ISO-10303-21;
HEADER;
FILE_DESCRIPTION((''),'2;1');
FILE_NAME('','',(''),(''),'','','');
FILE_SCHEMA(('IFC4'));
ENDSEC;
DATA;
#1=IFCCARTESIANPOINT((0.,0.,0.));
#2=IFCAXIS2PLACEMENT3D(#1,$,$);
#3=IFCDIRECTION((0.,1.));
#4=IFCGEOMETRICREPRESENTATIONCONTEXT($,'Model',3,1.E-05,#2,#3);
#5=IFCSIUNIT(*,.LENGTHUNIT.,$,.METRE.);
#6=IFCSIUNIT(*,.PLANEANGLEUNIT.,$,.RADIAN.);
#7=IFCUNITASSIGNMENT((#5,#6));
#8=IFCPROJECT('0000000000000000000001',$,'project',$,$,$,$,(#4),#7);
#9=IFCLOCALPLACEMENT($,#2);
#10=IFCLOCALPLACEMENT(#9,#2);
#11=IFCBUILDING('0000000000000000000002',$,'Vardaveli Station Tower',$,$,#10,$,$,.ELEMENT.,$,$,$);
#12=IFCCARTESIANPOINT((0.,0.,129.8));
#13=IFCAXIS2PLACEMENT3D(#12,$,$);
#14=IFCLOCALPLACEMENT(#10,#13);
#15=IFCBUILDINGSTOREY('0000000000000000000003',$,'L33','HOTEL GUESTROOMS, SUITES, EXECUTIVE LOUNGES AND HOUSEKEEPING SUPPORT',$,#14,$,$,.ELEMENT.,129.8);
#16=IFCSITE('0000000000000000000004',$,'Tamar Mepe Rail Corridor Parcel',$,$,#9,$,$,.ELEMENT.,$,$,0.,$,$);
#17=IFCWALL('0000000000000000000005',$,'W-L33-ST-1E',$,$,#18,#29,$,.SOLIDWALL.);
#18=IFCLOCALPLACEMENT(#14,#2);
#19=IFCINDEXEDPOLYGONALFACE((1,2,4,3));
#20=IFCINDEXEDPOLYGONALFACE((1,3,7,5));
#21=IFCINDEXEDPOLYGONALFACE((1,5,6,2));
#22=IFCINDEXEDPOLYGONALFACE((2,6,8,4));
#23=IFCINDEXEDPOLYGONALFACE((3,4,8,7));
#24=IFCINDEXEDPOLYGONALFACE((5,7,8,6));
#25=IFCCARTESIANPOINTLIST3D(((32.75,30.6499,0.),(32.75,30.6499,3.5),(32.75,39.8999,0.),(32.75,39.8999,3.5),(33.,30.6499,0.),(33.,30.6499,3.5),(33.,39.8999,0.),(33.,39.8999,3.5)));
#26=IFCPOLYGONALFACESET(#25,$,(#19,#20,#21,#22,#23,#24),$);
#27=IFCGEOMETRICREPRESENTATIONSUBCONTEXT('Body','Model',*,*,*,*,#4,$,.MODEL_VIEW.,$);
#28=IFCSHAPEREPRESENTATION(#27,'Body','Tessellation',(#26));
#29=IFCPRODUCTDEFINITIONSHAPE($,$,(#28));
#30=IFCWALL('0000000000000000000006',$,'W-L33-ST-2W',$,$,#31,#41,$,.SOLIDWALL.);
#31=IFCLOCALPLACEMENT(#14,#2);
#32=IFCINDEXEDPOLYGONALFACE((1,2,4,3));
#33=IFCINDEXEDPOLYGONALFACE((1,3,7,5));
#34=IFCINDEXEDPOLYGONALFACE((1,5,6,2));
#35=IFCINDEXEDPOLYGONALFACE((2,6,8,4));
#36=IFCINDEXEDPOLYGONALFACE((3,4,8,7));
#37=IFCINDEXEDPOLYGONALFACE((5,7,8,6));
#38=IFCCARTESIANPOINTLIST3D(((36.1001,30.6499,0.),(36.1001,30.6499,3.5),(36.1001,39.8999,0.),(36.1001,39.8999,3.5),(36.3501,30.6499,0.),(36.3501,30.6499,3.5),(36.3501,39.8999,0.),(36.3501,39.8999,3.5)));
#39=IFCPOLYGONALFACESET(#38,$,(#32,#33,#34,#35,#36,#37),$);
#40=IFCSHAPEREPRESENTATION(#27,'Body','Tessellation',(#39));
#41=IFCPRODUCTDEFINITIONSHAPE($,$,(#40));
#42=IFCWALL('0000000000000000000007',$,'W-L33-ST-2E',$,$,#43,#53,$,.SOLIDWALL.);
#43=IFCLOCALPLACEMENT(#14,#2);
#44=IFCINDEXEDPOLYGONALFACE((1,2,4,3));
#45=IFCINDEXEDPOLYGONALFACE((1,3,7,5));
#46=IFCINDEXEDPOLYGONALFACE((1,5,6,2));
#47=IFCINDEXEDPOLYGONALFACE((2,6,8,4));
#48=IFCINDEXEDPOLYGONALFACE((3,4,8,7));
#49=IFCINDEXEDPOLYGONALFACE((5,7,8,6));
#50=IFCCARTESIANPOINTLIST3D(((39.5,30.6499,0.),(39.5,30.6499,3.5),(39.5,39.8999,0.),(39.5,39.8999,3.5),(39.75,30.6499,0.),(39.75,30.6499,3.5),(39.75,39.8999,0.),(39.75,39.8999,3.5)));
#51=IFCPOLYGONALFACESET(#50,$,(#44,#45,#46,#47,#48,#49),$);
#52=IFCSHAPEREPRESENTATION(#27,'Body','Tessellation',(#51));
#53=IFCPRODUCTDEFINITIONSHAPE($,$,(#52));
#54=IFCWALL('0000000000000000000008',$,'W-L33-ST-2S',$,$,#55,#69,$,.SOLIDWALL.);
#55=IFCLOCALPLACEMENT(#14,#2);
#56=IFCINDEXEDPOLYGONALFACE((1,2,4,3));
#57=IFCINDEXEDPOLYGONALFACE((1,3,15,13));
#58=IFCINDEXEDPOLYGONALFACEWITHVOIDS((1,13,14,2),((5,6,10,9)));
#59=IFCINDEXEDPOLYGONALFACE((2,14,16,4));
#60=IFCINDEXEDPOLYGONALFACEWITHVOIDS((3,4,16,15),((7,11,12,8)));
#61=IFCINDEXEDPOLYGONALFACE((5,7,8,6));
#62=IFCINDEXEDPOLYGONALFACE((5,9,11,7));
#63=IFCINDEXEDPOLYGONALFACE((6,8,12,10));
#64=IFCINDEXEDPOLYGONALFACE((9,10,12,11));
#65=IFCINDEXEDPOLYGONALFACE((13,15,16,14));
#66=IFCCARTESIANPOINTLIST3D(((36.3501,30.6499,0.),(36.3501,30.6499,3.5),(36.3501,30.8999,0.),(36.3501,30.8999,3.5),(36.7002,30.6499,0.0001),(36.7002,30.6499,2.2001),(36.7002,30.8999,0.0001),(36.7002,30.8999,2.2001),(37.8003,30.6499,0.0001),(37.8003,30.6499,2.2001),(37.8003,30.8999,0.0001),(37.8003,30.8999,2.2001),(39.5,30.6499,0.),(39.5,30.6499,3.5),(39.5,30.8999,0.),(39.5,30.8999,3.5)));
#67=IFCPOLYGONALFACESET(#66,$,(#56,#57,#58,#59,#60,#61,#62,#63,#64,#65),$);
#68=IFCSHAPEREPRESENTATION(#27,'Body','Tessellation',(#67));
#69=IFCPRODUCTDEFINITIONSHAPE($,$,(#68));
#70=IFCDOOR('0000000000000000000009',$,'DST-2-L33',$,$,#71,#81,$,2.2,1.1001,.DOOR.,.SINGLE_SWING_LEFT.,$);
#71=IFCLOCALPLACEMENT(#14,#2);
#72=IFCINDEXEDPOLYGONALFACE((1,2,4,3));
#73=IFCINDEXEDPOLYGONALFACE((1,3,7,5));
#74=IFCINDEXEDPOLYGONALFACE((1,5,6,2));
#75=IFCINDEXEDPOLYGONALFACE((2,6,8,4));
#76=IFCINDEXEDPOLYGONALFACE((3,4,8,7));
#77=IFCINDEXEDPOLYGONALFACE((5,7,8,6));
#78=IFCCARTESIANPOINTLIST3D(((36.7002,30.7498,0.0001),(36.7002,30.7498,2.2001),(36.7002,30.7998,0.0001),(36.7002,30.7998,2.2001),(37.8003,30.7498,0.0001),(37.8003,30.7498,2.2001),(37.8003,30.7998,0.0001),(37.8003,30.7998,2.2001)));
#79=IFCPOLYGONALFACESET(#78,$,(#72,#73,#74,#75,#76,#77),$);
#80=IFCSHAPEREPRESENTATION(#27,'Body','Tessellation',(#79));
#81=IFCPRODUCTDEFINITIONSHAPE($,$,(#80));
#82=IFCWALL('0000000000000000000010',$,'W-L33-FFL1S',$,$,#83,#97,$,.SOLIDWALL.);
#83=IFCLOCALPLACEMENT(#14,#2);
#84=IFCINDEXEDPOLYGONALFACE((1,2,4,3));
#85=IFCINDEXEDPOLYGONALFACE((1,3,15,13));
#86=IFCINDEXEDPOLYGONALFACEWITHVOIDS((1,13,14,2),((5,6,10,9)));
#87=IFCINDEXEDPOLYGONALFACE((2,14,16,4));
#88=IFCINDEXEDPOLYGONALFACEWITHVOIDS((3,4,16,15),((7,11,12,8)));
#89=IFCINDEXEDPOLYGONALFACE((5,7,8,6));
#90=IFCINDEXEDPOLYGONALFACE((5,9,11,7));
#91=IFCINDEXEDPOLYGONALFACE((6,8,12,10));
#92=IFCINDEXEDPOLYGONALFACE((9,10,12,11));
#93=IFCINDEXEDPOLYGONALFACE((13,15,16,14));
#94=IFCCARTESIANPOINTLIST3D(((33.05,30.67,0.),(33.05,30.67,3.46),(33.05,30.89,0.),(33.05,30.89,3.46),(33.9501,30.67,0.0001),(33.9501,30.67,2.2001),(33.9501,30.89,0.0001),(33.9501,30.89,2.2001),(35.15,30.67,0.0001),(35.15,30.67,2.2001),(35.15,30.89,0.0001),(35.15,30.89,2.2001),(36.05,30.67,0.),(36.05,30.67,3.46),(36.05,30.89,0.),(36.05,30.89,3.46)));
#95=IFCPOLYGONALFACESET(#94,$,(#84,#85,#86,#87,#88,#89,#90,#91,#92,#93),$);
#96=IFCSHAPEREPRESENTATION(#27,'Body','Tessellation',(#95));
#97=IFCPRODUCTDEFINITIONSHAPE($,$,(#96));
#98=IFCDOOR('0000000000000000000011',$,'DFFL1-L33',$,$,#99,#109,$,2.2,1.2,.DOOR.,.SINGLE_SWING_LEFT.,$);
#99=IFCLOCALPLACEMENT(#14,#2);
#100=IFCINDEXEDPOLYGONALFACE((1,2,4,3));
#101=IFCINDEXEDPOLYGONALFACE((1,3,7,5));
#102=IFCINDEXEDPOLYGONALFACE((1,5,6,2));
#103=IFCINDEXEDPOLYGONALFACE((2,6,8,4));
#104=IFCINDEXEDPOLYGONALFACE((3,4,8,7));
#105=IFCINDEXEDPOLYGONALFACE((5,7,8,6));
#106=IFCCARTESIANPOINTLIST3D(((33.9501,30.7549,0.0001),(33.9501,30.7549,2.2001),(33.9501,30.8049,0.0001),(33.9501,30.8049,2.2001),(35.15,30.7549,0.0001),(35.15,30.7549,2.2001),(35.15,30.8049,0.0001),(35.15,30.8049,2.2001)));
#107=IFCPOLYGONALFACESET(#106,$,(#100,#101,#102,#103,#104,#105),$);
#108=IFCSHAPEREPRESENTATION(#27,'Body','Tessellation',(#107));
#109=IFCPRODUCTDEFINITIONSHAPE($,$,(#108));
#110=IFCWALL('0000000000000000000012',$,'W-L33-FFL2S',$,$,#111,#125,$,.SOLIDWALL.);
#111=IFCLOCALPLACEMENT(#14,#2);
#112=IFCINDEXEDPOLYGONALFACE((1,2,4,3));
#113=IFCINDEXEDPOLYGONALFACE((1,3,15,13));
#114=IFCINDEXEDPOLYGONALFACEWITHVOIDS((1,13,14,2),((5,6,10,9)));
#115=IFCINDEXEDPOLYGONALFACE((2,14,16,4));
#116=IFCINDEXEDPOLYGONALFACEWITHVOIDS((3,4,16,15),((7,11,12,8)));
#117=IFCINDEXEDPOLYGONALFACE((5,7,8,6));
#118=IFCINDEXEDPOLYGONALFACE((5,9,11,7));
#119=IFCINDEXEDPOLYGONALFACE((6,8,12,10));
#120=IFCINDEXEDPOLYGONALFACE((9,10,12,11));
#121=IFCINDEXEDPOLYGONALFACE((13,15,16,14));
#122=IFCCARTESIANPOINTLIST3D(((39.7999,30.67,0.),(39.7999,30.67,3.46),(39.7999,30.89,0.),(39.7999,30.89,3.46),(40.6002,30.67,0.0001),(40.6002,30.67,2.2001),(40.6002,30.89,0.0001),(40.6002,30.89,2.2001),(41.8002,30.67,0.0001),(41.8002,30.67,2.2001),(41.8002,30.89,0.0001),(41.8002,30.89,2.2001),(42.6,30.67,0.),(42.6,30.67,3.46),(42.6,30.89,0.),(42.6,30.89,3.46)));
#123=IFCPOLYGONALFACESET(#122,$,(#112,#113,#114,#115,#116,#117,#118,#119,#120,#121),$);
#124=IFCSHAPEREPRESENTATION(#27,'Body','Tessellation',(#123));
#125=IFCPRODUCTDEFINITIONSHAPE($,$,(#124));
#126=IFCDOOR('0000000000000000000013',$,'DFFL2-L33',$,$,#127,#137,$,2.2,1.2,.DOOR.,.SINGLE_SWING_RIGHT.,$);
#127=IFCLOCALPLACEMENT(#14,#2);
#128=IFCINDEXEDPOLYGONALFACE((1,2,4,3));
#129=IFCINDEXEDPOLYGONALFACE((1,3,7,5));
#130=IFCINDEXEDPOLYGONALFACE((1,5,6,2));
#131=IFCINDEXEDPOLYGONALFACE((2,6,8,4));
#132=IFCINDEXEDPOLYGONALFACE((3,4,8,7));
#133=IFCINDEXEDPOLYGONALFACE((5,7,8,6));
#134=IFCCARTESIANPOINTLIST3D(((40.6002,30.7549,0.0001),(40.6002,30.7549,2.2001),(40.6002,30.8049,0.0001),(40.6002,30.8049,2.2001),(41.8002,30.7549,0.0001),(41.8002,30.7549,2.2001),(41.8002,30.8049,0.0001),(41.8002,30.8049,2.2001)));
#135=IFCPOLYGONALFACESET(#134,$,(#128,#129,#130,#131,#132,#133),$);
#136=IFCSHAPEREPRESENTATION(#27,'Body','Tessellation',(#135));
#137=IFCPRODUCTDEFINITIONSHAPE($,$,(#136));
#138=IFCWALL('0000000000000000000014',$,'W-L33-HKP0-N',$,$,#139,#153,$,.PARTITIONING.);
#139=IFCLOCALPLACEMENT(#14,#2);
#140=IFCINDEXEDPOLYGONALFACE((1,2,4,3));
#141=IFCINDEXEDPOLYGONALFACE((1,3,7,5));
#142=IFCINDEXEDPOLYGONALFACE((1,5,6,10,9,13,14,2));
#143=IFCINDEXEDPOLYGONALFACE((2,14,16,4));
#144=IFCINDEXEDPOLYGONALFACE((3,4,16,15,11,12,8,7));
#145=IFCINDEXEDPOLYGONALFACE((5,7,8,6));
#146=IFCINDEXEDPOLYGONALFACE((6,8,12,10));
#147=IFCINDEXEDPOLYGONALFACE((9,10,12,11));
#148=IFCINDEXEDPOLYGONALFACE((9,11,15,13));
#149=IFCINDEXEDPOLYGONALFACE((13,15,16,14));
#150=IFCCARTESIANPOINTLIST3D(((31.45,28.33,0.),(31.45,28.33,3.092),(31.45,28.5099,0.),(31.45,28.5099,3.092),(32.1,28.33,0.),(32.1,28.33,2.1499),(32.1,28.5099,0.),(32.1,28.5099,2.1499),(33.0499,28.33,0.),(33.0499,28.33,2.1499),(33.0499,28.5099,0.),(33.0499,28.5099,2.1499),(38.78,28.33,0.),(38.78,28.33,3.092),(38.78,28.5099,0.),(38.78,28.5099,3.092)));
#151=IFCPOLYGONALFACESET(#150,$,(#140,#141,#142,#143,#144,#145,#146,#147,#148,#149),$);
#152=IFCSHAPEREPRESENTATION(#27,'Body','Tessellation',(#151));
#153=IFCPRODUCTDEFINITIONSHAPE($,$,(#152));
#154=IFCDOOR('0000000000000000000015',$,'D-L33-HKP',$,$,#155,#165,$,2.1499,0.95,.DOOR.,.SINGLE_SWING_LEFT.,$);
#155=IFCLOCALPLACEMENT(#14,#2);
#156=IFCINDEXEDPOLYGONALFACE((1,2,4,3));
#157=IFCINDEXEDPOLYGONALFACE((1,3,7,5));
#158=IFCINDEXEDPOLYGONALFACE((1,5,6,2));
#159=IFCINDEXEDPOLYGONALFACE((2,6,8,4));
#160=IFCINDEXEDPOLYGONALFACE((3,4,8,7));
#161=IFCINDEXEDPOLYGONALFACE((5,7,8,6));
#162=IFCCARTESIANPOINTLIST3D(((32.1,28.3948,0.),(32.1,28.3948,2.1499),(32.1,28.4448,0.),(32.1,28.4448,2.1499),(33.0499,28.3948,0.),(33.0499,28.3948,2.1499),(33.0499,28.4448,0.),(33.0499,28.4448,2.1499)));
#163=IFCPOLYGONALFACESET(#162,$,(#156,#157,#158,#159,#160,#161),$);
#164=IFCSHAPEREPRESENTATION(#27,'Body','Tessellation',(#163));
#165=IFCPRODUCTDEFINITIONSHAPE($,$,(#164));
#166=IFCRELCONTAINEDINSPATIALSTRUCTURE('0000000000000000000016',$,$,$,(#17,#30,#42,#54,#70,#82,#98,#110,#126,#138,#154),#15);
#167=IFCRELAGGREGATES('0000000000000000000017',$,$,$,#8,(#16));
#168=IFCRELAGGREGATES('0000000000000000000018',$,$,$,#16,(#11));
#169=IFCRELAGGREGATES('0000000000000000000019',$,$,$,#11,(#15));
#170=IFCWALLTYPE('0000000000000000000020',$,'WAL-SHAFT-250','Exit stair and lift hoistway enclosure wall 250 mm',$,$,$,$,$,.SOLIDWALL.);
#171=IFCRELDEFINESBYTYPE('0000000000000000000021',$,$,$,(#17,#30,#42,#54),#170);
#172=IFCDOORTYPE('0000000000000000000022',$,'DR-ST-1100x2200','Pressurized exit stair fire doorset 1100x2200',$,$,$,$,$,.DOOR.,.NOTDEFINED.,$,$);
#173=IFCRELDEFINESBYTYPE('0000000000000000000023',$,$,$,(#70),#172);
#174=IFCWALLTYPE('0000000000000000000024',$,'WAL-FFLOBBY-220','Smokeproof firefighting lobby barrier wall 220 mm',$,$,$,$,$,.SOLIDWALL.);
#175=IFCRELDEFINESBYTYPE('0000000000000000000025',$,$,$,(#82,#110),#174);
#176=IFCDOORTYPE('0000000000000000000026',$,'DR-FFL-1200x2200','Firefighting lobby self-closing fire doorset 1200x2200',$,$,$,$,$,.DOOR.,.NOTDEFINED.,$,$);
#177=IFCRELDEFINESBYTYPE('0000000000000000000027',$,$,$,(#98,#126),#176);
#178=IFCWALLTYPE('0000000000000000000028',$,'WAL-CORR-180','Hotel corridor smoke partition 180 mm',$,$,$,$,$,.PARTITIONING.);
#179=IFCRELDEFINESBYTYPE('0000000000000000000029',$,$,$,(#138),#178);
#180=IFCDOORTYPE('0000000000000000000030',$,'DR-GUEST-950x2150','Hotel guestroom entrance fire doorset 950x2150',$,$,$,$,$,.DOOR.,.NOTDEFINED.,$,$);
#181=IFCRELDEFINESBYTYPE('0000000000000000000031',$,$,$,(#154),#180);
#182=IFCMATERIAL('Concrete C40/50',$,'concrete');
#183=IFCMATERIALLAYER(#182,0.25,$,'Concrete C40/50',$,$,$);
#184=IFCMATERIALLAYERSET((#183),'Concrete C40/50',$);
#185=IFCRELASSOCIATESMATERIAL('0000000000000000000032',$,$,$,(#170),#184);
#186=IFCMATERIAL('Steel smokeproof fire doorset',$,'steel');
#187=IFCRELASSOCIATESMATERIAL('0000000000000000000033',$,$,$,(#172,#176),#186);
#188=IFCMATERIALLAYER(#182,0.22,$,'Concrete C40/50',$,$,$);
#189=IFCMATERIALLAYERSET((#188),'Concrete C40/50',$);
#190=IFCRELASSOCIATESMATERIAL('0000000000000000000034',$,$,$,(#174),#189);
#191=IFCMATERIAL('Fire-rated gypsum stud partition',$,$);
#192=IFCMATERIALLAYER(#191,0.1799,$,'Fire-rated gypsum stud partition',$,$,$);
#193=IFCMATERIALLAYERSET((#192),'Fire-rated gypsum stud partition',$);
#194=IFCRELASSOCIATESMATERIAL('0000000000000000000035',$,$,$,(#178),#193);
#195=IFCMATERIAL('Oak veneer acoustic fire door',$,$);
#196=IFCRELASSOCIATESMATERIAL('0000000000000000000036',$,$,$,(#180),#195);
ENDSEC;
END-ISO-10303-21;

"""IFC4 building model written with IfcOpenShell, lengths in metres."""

from ifc_helpers import new_model, si_unit, direction, frame, frame_2d, origin, place, context, subcontext, project, spatial, rectangle, extrude, source, transform, mapped, material, layer, layer_set, type_object, element, fill, save


model = new_model("IFC4")

# Units and contexts
model_context = context("Model", 3, precision=1e-05, world=origin(), true_north=direction((0.0, 1.0)))
body_context = subcontext(model_context, "Body", "Model", "MODEL_VIEW")
ifc_project = project(units=[si_unit("LENGTHUNIT", "METRE"), si_unit("PLANEANGLEUNIT", "RADIAN")], contexts=[model_context])

# Site, building, storey
site_placement = place(None, origin())
site = spatial("IfcSite", under=ifc_project, at=site_placement, Name="Tamar Mepe Rail Corridor Parcel", CompositionType="ELEMENT", RefElevation=0.0)
building_placement = place(site_placement, origin())
building = spatial("IfcBuilding", under=site, at=building_placement, Name="Vardaveli Station Tower", CompositionType="ELEMENT")
storey_placement = place(building_placement, frame((0.0, 0.0, 129.8)))
storey = spatial("IfcBuildingStorey", under=building, at=storey_placement, Name="L33", Description="HOTEL GUESTROOMS, SUITES, EXECUTIVE LOUNGES AND HOUSEKEEPING SUPPORT", CompositionType="ELEMENT", Elevation=129.8)

# Walls
ifc_material_1 = material(Name="Concrete C40/50", Category="concrete")
ifc_layer_1 = layer(ifc_material_1, 0.25, Name="Concrete C40/50")
ifc_layer_set_1 = layer_set([ifc_layer_1], Name="Concrete C40/50")
wall_type_1 = type_object("IfcWallType", Name="WAL-SHAFT-250", Description="Exit stair and lift hoistway enclosure wall 250 mm", PredefinedType="SOLIDWALL", material=ifc_layer_set_1)
shared_shape_1 = source(origin(), body_context, "Body", "SweptSolid", [
    extrude(rectangle(XDim=9.25, YDim=0.25, at=frame_2d((4.625, 0.0))), origin(), (0.0, 0.0, 1.0), 3.5),
])
for number, where, z_axis, x_axis, name in (
    (1, (32.875, 30.6499, 0.0), (0.0, 0.0, 1.0), (0.0, 1.0, 0.0), "W-L33-ST-1E"),
    (2, (36.2251, 30.6499, 0.0), (0.0, 0.0, 1.0), (0.0, 1.0, 0.0), "W-L33-ST-2W"),
    (3, (39.625, 30.6499, 0.0), (0.0, 0.0, 1.0), (0.0, 1.0, 0.0), "W-L33-ST-2E"),
):
    element("IfcWall", number, at=place(storey_placement, frame(where, z_axis=z_axis, x_axis=x_axis)), inside=storey, type_object=wall_type_1, Name=name, PredefinedType="SOLIDWALL", context=body_context, shape_type="MappedRepresentation", body=[
        mapped(shared_shape_1, transform((0.0, 0.0, 0.0), scale=1.0)),
    ])

# Walls, openings, doors
shared_shape_2 = source(origin(), body_context, "Body", "SweptSolid", [
    extrude(rectangle(XDim=3.1499, YDim=0.25, at=frame_2d((1.575, 0.0))), origin(), (0.0, 0.0, 1.0), 3.5),
])
wall_1_placement = place(storey_placement, frame((36.3501, 30.7749, 0.0), z_axis=(0.0, 0.0, 1.0), x_axis=(1.0, 0.0, 0.0)))
wall_1 = element("IfcWall", 4, at=wall_1_placement, inside=storey, type_object=wall_type_1, Name="W-L33-ST-2S", PredefinedType="SOLIDWALL", context=body_context, shape_type="MappedRepresentation", body=[
    mapped(shared_shape_2, transform((0.0, 0.0, 0.0), scale=1.0)),
])
shared_shape_3 = source(origin(), body_context, "Body", "SweptSolid", [
    extrude(rectangle(XDim=1.1001, YDim=2.2, at=frame_2d((0.55, 1.1001))), frame((0.0, 0.135, 0.0), z_axis=(0.0, -1.0, 0.0), x_axis=(1.0, 0.0, 0.0)), (0.0, 0.0, 1.0), 0.27),
])
opening_1_placement = place(wall_1_placement, frame((0.3501, 0.0, 0.0)))
opening_1 = element("IfcOpeningElement", 5, at=opening_1_placement, cuts=wall_1, PredefinedType="OPENING", context=body_context, shape_type="MappedRepresentation", body=[
    mapped(shared_shape_3, transform((0.0, 0.0, 0.0), scale=1.0)),
])
ifc_material_2 = material(Name="Steel smokeproof fire doorset", Category="steel")
door_type_1 = type_object("IfcDoorType", Name="DR-ST-1100x2200", Description="Pressurized exit stair fire doorset 1100x2200", OperationType="NOTDEFINED", PredefinedType="DOOR", material=ifc_material_2)
shared_shape_4 = source(origin(), body_context, "Body", "SweptSolid", [
    extrude(rectangle(XDim=1.1001, YDim=2.2, at=frame_2d((0.55, 1.1001))), frame((0.0, 0.0249, 0.0), z_axis=(0.0, -1.0, 0.0), x_axis=(1.0, 0.0, 0.0)), (0.0, 0.0, 1.0), 0.05),
])
door_1_placement = place(opening_1_placement, origin())
door_1 = element("IfcDoor", 6, at=door_1_placement, inside=storey, type_object=door_type_1, Name="DST-2-L33", OperationType="SINGLE_SWING_LEFT", OverallHeight=2.2, OverallWidth=1.1001, PredefinedType="DOOR", context=body_context, shape_type="MappedRepresentation", body=[
    mapped(shared_shape_4, transform((0.0, 0.0, 0.0), scale=1.0)),
])
fill(opening_1, door_1)
ifc_layer_2 = layer(ifc_material_1, 0.22, Name="Concrete C40/50")
ifc_layer_set_2 = layer_set([ifc_layer_2], Name="Concrete C40/50")
wall_type_2 = type_object("IfcWallType", Name="WAL-FFLOBBY-220", Description="Smokeproof firefighting lobby barrier wall 220 mm", PredefinedType="SOLIDWALL", material=ifc_layer_set_2)
shared_shape_5 = source(origin(), body_context, "Body", "SweptSolid", [
    extrude(rectangle(XDim=3.0, YDim=0.22, at=frame_2d((1.5, 0.0))), origin(), (0.0, 0.0, 1.0), 3.46),
])
wall_2_placement = place(storey_placement, frame((33.05, 30.78, 0.0), z_axis=(0.0, 0.0, 1.0), x_axis=(1.0, 0.0, 0.0)))
wall_2 = element("IfcWall", 7, at=wall_2_placement, inside=storey, type_object=wall_type_2, Name="W-L33-FFL1S", PredefinedType="SOLIDWALL", context=body_context, shape_type="MappedRepresentation", body=[
    mapped(shared_shape_5, transform((0.0, 0.0, 0.0), scale=1.0)),
])
shared_shape_6 = source(origin(), body_context, "Body", "SweptSolid", [
    extrude(rectangle(XDim=1.2, YDim=2.2, at=frame_2d((0.6001, 1.1001))), frame((0.0, 0.1201, 0.0), z_axis=(0.0, -1.0, 0.0), x_axis=(1.0, 0.0, 0.0)), (0.0, 0.0, 1.0), 0.24),
])
opening_2_placement = place(wall_2_placement, frame((0.8999, 0.0, 0.0)))
opening_2 = element("IfcOpeningElement", 8, at=opening_2_placement, cuts=wall_2, PredefinedType="OPENING", context=body_context, shape_type="MappedRepresentation", body=[
    mapped(shared_shape_6, transform((0.0, 0.0, 0.0), scale=1.0)),
])
door_type_2 = type_object("IfcDoorType", Name="DR-FFL-1200x2200", Description="Firefighting lobby self-closing fire doorset 1200x2200", OperationType="NOTDEFINED", PredefinedType="DOOR", material=ifc_material_2)
shared_shape_7 = source(origin(), body_context, "Body", "SweptSolid", [
    extrude(rectangle(XDim=1.2, YDim=2.2, at=frame_2d((0.6001, 1.1001))), frame((0.0, 0.0249, 0.0), z_axis=(0.0, -1.0, 0.0), x_axis=(1.0, 0.0, 0.0)), (0.0, 0.0, 1.0), 0.05),
])
door_2_placement = place(opening_2_placement, origin())
door_2 = element("IfcDoor", 9, at=door_2_placement, inside=storey, type_object=door_type_2, Name="DFFL1-L33", OperationType="SINGLE_SWING_LEFT", OverallHeight=2.2, OverallWidth=1.2, PredefinedType="DOOR", context=body_context, shape_type="MappedRepresentation", body=[
    mapped(shared_shape_7, transform((0.0, 0.0, 0.0), scale=1.0)),
])
fill(opening_2, door_2)
shared_shape_8 = source(origin(), body_context, "Body", "SweptSolid", [
    extrude(rectangle(XDim=2.8, YDim=0.22, at=frame_2d((1.3999, 0.0))), origin(), (0.0, 0.0, 1.0), 3.46),
])
wall_3_placement = place(storey_placement, frame((39.8, 30.78, 0.0), z_axis=(0.0, 0.0, 1.0), x_axis=(1.0, 0.0, 0.0)))
wall_3 = element("IfcWall", 10, at=wall_3_placement, inside=storey, type_object=wall_type_2, Name="W-L33-FFL2S", PredefinedType="SOLIDWALL", context=body_context, shape_type="MappedRepresentation", body=[
    mapped(shared_shape_8, transform((0.0, 0.0, 0.0), scale=1.0)),
])
opening_3_placement = place(wall_3_placement, frame((0.8, 0.0, 0.0)))
opening_3 = element("IfcOpeningElement", 11, at=opening_3_placement, cuts=wall_3, PredefinedType="OPENING", context=body_context, shape_type="MappedRepresentation", body=[
    mapped(shared_shape_6, transform((0.0, 0.0, 0.0), scale=1.0)),
])
door_3_placement = place(opening_3_placement, origin())
door_3 = element("IfcDoor", 12, at=door_3_placement, inside=storey, type_object=door_type_2, Name="DFFL2-L33", OperationType="SINGLE_SWING_RIGHT", OverallHeight=2.2, OverallWidth=1.2, PredefinedType="DOOR", context=body_context, shape_type="MappedRepresentation", body=[
    mapped(shared_shape_7, transform((0.0, 0.0, 0.0), scale=1.0)),
])
fill(opening_3, door_3)
ifc_material_3 = material(Name="Fire-rated gypsum stud partition")
ifc_layer_3 = layer(ifc_material_3, 0.1799, Name="Fire-rated gypsum stud partition")
ifc_layer_set_3 = layer_set([ifc_layer_3], Name="Fire-rated gypsum stud partition")
wall_type_3 = type_object("IfcWallType", Name="WAL-CORR-180", Description="Hotel corridor smoke partition 180 mm", PredefinedType="PARTITIONING", material=ifc_layer_set_3)
shared_shape_9 = source(origin(), body_context, "Body", "SweptSolid", [
    extrude(rectangle(XDim=7.3301, YDim=0.1799, at=frame_2d((3.665, 0.0))), origin(), (0.0, 0.0, 1.0), 3.092),
])
wall_4_placement = place(storey_placement, frame((31.45, 28.4199, 0.0), z_axis=(0.0, 0.0, 1.0), x_axis=(1.0, 0.0, 0.0)))
wall_4 = element("IfcWall", 13, at=wall_4_placement, inside=storey, type_object=wall_type_3, Name="W-L33-HKP0-N", PredefinedType="PARTITIONING", context=body_context, shape_type="MappedRepresentation", body=[
    mapped(shared_shape_9, transform((0.0, 0.0, 0.0), scale=1.0)),
])
shared_shape_10 = source(origin(), body_context, "Body", "SweptSolid", [
    extrude(rectangle(XDim=0.95, YDim=2.1499, at=frame_2d((0.4751, 1.075))), frame((0.0, 0.1001, 0.0), z_axis=(0.0, -1.0, 0.0), x_axis=(1.0, 0.0, 0.0)), (0.0, 0.0, 1.0), 0.2),
])
opening_4_placement = place(wall_4_placement, frame((0.6499, 0.0, 0.0)))
opening_4 = element("IfcOpeningElement", 14, at=opening_4_placement, cuts=wall_4, PredefinedType="OPENING", context=body_context, shape_type="MappedRepresentation", body=[
    mapped(shared_shape_10, transform((0.0, 0.0, 0.0), scale=1.0)),
])
ifc_material_4 = material(Name="Oak veneer acoustic fire door")
door_type_3 = type_object("IfcDoorType", Name="DR-GUEST-950x2150", Description="Hotel guestroom entrance fire doorset 950x2150", OperationType="NOTDEFINED", PredefinedType="DOOR", material=ifc_material_4)
shared_shape_11 = source(origin(), body_context, "Body", "SweptSolid", [
    extrude(rectangle(XDim=0.95, YDim=2.1499, at=frame_2d((0.4751, 1.075))), frame((0.0, 0.0249, 0.0), z_axis=(0.0, -1.0, 0.0), x_axis=(1.0, 0.0, 0.0)), (0.0, 0.0, 1.0), 0.05),
])
door_4_placement = place(opening_4_placement, origin())
door_4 = element("IfcDoor", 15, at=door_4_placement, inside=storey, type_object=door_type_3, Name="D-L33-HKP", OperationType="SINGLE_SWING_LEFT", OverallHeight=2.1499, OverallWidth=0.95, PredefinedType="DOOR", context=body_context, shape_type="MappedRepresentation", body=[
    mapped(shared_shape_11, transform((0.0, 0.0, 0.0), scale=1.0)),
])
fill(opening_4, door_4)

save(model, "model.ifc")
